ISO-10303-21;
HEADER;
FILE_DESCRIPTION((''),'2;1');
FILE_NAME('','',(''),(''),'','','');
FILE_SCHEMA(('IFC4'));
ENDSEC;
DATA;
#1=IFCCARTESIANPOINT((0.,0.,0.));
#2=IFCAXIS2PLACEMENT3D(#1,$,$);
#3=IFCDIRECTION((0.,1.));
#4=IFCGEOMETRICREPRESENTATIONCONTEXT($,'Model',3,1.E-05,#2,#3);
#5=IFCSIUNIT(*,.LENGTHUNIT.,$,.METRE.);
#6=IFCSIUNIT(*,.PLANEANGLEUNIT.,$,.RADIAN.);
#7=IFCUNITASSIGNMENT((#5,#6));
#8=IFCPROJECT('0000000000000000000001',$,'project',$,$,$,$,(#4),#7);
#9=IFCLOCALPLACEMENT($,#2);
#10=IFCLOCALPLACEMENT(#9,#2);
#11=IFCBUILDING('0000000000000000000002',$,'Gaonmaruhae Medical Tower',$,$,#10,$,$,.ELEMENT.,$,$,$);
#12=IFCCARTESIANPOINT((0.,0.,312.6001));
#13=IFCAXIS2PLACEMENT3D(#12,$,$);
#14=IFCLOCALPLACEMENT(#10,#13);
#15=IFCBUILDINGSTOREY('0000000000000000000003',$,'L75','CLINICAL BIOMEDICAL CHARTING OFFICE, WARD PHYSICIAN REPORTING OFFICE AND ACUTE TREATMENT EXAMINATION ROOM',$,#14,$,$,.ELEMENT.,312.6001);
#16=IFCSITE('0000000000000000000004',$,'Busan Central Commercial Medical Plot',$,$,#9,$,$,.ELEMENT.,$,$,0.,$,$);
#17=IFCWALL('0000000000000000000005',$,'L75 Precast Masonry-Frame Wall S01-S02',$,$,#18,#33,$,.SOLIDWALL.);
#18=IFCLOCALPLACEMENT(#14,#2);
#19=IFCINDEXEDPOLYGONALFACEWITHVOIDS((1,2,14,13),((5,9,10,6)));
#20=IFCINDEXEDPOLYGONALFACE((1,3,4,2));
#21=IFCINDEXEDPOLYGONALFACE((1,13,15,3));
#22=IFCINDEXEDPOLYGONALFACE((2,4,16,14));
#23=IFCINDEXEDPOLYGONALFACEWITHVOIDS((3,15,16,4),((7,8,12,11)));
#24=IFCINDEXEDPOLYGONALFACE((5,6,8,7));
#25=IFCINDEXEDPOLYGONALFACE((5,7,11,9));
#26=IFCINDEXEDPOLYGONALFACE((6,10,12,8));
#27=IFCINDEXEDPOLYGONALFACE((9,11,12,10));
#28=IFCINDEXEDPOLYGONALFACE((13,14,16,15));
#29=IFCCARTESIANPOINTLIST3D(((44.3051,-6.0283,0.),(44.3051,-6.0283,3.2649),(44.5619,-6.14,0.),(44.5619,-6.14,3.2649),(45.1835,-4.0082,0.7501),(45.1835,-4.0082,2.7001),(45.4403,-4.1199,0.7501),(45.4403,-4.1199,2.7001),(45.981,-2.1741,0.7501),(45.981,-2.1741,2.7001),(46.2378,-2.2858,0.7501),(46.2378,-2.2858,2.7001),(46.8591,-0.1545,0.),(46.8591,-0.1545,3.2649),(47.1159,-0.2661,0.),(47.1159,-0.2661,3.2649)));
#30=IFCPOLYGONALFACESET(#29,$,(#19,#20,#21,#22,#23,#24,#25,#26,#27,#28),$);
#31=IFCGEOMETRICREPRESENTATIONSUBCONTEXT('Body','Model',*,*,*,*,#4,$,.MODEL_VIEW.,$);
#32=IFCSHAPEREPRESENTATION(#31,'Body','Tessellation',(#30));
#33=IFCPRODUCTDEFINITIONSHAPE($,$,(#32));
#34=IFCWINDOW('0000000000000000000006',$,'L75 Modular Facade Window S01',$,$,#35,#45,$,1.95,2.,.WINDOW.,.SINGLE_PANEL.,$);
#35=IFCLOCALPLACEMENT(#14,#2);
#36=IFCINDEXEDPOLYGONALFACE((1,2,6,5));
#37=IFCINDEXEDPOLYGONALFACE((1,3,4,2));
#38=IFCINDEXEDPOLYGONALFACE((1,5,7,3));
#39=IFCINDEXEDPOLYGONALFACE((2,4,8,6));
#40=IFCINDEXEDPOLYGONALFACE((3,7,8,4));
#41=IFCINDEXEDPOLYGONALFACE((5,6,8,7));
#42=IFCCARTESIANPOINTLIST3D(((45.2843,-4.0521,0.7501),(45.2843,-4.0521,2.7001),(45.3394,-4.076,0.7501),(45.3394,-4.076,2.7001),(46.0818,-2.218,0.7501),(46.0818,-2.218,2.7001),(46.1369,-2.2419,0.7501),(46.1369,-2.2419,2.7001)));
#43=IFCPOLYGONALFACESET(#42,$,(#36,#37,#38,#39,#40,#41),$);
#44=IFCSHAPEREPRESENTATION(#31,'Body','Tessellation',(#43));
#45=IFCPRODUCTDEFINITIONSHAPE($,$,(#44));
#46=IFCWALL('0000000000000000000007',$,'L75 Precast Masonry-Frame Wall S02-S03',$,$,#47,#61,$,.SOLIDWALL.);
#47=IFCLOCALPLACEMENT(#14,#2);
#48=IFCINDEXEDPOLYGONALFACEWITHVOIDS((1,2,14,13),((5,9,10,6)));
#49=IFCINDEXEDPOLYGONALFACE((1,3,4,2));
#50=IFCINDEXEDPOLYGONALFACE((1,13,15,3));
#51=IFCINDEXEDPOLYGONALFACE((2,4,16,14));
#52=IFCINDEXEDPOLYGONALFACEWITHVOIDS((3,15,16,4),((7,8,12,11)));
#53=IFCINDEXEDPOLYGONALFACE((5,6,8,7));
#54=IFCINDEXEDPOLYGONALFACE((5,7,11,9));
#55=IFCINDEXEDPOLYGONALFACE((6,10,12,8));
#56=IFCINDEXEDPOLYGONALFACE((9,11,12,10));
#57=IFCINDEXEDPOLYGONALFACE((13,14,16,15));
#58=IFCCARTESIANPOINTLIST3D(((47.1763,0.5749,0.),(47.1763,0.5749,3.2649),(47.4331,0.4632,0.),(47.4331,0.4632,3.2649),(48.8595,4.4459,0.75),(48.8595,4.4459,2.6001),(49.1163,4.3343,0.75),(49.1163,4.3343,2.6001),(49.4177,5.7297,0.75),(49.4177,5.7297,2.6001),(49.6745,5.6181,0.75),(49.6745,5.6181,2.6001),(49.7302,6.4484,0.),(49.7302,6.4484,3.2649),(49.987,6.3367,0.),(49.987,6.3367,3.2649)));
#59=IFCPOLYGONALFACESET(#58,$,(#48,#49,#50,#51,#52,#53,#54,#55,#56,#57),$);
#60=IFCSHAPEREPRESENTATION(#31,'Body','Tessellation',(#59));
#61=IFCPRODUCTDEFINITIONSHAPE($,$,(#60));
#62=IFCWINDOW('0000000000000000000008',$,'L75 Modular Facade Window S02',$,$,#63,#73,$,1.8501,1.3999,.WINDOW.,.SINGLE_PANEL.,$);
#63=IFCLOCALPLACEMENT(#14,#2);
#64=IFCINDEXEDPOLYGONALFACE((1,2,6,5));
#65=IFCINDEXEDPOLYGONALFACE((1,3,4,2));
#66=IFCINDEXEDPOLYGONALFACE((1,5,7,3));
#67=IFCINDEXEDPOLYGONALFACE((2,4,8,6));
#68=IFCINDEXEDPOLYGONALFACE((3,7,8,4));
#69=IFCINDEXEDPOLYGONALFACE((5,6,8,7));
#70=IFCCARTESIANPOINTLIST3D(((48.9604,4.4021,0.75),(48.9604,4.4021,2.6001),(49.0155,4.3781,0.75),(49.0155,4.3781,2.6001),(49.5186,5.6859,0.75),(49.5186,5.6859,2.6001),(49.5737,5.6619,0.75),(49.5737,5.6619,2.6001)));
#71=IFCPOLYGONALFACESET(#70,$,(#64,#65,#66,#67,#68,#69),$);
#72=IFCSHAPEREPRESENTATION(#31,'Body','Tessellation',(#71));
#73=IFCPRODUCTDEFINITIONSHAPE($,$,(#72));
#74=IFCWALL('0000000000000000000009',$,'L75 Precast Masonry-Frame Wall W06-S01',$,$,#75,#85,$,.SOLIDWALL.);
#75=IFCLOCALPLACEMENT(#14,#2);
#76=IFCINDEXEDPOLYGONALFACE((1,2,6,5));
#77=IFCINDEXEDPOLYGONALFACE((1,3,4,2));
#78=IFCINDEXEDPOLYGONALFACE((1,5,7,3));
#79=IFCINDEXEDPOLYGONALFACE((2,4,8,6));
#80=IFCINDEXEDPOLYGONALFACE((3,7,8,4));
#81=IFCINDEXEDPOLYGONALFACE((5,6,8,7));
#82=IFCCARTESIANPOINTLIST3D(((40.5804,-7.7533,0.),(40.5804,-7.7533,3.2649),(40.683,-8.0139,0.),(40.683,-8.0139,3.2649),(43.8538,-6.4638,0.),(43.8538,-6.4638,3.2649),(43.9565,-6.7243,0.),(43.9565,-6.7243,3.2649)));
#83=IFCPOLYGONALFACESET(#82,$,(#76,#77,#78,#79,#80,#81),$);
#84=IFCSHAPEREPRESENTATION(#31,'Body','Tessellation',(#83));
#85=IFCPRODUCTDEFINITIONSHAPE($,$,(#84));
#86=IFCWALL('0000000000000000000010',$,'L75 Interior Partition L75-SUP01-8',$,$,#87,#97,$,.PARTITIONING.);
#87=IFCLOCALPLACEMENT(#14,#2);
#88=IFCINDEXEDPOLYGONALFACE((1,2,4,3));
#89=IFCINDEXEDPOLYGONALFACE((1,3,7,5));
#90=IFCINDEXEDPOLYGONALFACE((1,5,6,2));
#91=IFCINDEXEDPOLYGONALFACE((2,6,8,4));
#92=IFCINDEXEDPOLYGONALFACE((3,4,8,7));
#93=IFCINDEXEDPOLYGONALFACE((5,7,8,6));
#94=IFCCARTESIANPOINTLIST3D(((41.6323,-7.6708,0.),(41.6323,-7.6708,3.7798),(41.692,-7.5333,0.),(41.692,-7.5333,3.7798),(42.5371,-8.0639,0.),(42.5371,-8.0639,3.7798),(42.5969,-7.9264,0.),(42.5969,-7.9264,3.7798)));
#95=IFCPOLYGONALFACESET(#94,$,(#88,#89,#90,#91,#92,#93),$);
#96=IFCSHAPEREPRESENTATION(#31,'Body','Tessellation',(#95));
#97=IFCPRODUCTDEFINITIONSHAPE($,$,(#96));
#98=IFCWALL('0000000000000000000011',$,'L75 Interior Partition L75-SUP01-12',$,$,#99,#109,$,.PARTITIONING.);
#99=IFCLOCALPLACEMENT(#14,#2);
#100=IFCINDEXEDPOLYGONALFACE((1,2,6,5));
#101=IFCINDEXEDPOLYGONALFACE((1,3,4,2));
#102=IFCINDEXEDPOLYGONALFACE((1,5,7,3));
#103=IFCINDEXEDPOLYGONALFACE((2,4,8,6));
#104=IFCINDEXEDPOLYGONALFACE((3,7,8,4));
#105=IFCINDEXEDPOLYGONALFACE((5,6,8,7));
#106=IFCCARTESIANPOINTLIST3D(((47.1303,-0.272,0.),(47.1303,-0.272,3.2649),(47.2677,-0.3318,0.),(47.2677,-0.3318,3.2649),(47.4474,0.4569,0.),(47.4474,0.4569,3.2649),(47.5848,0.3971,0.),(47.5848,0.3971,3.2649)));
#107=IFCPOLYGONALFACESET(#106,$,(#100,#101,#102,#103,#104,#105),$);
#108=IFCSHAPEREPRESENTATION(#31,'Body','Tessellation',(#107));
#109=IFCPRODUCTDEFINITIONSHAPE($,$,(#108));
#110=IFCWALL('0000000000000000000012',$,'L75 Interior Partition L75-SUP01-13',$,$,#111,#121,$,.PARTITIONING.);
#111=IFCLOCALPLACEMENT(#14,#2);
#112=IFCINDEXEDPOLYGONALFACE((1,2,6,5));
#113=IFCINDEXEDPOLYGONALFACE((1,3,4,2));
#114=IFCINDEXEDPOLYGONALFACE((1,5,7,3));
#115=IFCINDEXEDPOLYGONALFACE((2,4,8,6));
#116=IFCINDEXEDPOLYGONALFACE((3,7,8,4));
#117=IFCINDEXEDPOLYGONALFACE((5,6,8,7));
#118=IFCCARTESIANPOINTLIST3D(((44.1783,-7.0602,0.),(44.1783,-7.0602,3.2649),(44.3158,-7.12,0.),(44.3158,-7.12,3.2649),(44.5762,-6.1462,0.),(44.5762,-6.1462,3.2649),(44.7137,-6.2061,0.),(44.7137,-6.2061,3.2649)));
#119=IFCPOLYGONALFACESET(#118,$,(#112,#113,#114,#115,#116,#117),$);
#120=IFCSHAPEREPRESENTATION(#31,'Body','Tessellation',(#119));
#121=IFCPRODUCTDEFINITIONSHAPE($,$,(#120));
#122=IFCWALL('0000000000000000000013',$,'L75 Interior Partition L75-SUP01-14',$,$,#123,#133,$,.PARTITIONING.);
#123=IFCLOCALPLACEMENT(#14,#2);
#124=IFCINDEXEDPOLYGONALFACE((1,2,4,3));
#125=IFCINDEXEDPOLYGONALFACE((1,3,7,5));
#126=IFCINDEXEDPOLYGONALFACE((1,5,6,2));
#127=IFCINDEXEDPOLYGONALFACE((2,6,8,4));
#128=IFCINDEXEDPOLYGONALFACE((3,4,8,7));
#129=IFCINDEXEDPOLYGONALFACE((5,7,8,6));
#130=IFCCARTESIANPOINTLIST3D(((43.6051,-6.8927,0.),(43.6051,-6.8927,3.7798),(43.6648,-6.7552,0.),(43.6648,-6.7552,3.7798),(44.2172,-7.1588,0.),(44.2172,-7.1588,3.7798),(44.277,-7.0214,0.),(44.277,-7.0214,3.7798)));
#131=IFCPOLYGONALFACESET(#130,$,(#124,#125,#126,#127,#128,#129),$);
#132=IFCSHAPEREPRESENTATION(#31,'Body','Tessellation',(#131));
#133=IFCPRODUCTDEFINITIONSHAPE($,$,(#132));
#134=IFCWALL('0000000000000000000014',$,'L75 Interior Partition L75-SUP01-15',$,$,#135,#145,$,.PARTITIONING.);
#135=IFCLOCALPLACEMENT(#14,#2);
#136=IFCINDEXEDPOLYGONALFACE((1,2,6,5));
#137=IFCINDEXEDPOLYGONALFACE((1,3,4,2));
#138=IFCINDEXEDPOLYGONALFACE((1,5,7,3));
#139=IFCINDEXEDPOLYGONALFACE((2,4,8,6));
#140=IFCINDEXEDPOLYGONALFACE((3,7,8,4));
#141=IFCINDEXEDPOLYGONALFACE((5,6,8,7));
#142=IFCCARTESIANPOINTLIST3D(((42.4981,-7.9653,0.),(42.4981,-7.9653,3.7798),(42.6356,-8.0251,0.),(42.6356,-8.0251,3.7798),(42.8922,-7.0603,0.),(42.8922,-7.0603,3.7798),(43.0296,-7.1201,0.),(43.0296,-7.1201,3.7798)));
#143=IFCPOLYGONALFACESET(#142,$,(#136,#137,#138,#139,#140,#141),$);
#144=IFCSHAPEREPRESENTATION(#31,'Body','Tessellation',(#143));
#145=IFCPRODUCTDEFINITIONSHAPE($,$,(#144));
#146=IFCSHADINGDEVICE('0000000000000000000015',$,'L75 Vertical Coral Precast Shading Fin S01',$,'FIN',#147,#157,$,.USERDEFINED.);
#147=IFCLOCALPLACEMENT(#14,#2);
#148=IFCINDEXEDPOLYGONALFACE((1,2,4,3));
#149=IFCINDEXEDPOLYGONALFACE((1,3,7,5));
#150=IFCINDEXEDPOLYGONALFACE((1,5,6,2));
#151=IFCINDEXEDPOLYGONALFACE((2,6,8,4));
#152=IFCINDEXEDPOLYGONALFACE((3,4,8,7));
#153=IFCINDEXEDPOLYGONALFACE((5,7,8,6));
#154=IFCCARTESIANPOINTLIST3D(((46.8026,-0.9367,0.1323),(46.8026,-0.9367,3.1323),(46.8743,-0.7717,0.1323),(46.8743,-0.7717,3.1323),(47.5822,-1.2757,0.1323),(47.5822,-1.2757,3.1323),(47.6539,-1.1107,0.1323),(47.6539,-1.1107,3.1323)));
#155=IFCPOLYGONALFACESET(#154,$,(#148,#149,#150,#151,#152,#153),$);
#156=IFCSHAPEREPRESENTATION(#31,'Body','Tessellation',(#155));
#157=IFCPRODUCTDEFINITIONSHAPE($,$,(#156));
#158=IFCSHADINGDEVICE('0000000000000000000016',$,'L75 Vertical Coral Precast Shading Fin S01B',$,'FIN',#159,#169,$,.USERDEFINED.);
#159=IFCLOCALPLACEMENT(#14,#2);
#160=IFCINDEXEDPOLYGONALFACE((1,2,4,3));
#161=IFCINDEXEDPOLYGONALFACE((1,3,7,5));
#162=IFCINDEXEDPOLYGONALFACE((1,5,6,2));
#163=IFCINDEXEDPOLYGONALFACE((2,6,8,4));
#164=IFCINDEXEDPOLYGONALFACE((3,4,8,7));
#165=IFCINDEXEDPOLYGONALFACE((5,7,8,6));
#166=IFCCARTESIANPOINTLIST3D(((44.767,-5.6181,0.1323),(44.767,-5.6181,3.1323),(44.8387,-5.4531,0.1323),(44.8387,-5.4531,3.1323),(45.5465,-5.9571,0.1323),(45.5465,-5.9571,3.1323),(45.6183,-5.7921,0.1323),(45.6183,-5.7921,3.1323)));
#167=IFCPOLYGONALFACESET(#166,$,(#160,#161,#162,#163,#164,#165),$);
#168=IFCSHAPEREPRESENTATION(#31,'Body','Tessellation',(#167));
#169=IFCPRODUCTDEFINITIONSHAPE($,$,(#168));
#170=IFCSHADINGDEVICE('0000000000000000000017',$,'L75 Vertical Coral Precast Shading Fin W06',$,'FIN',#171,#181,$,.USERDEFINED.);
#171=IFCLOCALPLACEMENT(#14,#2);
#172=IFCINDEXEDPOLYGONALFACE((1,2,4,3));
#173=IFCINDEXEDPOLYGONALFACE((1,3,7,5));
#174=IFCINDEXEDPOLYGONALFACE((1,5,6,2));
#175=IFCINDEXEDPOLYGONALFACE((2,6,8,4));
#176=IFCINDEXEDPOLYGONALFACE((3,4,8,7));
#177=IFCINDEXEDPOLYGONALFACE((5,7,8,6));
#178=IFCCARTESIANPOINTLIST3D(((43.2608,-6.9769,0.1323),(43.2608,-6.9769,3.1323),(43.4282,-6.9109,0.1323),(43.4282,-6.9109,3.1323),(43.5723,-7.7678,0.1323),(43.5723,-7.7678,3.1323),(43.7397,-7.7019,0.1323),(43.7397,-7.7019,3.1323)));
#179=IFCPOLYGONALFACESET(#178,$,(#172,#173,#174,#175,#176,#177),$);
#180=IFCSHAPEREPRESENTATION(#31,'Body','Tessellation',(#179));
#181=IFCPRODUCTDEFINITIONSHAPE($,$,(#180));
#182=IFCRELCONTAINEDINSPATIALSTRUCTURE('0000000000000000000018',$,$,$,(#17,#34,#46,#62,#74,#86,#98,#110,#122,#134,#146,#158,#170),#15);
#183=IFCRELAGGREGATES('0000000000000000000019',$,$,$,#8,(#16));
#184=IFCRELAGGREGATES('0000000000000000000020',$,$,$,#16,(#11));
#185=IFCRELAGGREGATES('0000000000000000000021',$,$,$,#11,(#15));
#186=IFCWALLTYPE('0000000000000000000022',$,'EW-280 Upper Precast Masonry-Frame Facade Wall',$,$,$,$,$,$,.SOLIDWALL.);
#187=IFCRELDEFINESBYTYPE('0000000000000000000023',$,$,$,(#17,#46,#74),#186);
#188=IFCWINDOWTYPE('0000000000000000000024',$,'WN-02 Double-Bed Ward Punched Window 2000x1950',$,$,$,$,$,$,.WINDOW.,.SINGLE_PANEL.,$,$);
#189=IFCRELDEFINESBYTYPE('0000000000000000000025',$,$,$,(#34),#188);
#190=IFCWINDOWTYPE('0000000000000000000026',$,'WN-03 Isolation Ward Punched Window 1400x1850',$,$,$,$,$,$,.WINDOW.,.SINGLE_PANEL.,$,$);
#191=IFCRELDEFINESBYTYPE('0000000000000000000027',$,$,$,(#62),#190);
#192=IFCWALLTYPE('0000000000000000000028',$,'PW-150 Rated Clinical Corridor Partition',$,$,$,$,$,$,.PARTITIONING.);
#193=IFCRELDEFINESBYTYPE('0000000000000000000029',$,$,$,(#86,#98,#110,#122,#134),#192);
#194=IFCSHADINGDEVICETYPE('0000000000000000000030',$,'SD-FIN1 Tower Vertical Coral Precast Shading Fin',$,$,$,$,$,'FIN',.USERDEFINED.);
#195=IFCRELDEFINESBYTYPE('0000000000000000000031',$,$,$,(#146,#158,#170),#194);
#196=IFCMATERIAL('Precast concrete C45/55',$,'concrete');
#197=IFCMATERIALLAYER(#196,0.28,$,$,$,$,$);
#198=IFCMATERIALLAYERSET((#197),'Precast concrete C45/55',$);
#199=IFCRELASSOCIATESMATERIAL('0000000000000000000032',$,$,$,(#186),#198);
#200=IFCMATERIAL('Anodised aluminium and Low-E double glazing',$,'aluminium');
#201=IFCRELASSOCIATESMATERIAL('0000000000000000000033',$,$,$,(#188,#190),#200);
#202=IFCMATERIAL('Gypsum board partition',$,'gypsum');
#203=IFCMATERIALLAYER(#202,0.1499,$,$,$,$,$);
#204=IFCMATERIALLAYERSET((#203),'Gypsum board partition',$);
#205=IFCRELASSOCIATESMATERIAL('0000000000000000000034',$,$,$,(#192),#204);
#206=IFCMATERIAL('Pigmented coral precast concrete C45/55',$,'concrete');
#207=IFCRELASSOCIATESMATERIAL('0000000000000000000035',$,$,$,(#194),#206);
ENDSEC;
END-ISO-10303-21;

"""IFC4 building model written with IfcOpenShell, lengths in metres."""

from ifc_helpers import new_model, si_unit, direction, frame, frame_2d, origin, origin_2d, place, context, subcontext, project, spatial, rectangle, extrude, material, layer, layer_set, type_object, element, fill, save


model = new_model("IFC4")

# Units and contexts
model_context = context("Model", 3, precision=1e-05, world=origin(), true_north=direction((0.0, 1.0)))
body_context = subcontext(model_context, "Body", "Model", "MODEL_VIEW")
ifc_project = project(units=[si_unit("LENGTHUNIT", "METRE"), si_unit("PLANEANGLEUNIT", "RADIAN")], contexts=[model_context])

# Site, building, storey
site_placement = place(None, origin())
site = spatial("IfcSite", under=ifc_project, at=site_placement, Name="Busan Central Commercial Medical Plot", CompositionType="ELEMENT", RefElevation=0.0)
building_placement = place(site_placement, origin())
building = spatial("IfcBuilding", under=site, at=building_placement, Name="Gaonmaruhae Medical Tower", CompositionType="ELEMENT")
storey_placement = place(building_placement, frame((0.0, 0.0, 312.6001)))
storey = spatial("IfcBuildingStorey", under=building, at=storey_placement, Name="L75", Description="CLINICAL BIOMEDICAL CHARTING OFFICE, WARD PHYSICIAN REPORTING OFFICE AND ACUTE TREATMENT EXAMINATION ROOM", CompositionType="ELEMENT", Elevation=312.6001)

# Walls, openings, windows
ifc_material_1 = material(Name="Precast concrete C45/55", Category="concrete")
ifc_layer_1 = layer(ifc_material_1, 0.28)
ifc_layer_set_1 = layer_set([ifc_layer_1], Name="Precast concrete C45/55")
wall_type_1 = type_object("IfcWallType", Name="EW-280 Upper Precast Masonry-Frame Facade Wall", PredefinedType="SOLIDWALL", material=ifc_layer_set_1)
wall_1_placement = place(storey_placement, frame((46.9875, -0.2102, 0.0), z_axis=(0.0, 0.0, 1.0), x_axis=(-0.398744, -0.917062, 0.0)))
wall_1 = element("IfcWall", 1, at=wall_1_placement, inside=storey, type_object=wall_type_1, Name="L75 Precast Masonry-Frame Wall S01-S02", PredefinedType="SOLIDWALL", context=body_context, shape_type="SweptSolid", body=[
    extrude(rectangle(XDim=6.405, YDim=0.28, at=frame_2d((3.2026, 0.0))), origin(), (0.0, 0.0, 1.0), 3.2649),
])
opening_1_placement = place(wall_1_placement, frame((2.2024, 0.0, 0.75)))
opening_1 = element("IfcOpeningElement", 2, at=opening_1_placement, cuts=wall_1, PredefinedType="OPENING", context=body_context, shape_type="SweptSolid", body=[
    extrude(rectangle(XDim=2.0, YDim=1.95, at=frame_2d((1.0, 0.9751))), frame((0.0, 0.1499, 0.0), z_axis=(0.0, -1.0, 0.0), x_axis=(1.0, 0.0, 0.0)), (0.0, 0.0, 1.0), 0.3),
])
ifc_material_2 = material(Name="Anodised aluminium and Low-E double glazing", Category="aluminium")
window_type_1 = type_object("IfcWindowType", Name="WN-02 Double-Bed Ward Punched Window 2000x1950", PartitioningType="SINGLE_PANEL", PredefinedType="WINDOW", material=ifc_material_2)
window_1_placement = place(opening_1_placement, origin())
window_1 = element("IfcWindow", 3, at=window_1_placement, inside=storey, type_object=window_type_1, Name="L75 Modular Facade Window S01", OverallHeight=1.95, OverallWidth=2.0, PartitioningType="SINGLE_PANEL", PredefinedType="WINDOW", context=body_context, shape_type="SweptSolid", body=[
    extrude(rectangle(XDim=2.0, YDim=1.95, at=frame_2d((1.0, 0.9751))), frame((0.0, 0.03, 0.0), z_axis=(0.0, -1.0, 0.0), x_axis=(1.0, 0.0, 0.0)), (0.0, 0.0, 1.0), 0.0601),
])
fill(opening_1, window_1)
wall_2_placement = place(storey_placement, frame((49.8586, 6.3926, 0.0), z_axis=(0.0, 0.0, 1.0), x_axis=(-0.398758, -0.917056, 0.0)))
wall_2 = element("IfcWall", 4, at=wall_2_placement, inside=storey, type_object=wall_type_1, Name="L75 Precast Masonry-Frame Wall S02-S03", PredefinedType="SOLIDWALL", context=body_context, shape_type="SweptSolid", body=[
    extrude(rectangle(XDim=6.4048, YDim=0.28, at=frame_2d((3.2024, 0.0))), origin(), (0.0, 0.0, 1.0), 3.2649),
])
opening_2_placement = place(wall_2_placement, frame((0.7837, 0.0, 0.75)))
opening_2 = element("IfcOpeningElement", 5, at=opening_2_placement, cuts=wall_2, PredefinedType="OPENING", context=body_context, shape_type="SweptSolid", body=[
    extrude(rectangle(XDim=1.3999, YDim=1.8501, at=frame_2d((0.7, 0.925))), frame((0.0, 0.1499, 0.0), z_axis=(0.0, -1.0, 0.0), x_axis=(1.0, 0.0, 0.0)), (0.0, 0.0, 1.0), 0.3),
])
window_type_2 = type_object("IfcWindowType", Name="WN-03 Isolation Ward Punched Window 1400x1850", PartitioningType="SINGLE_PANEL", PredefinedType="WINDOW", material=ifc_material_2)
window_2_placement = place(opening_2_placement, origin())
window_2 = element("IfcWindow", 6, at=window_2_placement, inside=storey, type_object=window_type_2, Name="L75 Modular Facade Window S02", OverallHeight=1.8501, OverallWidth=1.3999, PartitioningType="SINGLE_PANEL", PredefinedType="WINDOW", context=body_context, shape_type="SweptSolid", body=[
    extrude(rectangle(XDim=1.3999, YDim=1.8501, at=frame_2d((0.7, 0.925))), frame((0.0, 0.03, 0.0), z_axis=(0.0, -1.0, 0.0), x_axis=(1.0, 0.0, 0.0)), (0.0, 0.0, 1.0), 0.0601),
])
fill(opening_2, window_2)

# Walls
wall_3_placement = place(storey_placement, frame((43.9053, -6.594, 0.0), z_axis=(0.0, 0.0, 1.0), x_axis=(-0.930407, -0.366528, 0.0)))
element("IfcWall", 7, at=wall_3_placement, inside=storey, type_object=wall_type_1, Name="L75 Precast Masonry-Frame Wall W06-S01", PredefinedType="SOLIDWALL", context=body_context, shape_type="SweptSolid", body=[
    extrude(rectangle(XDim=3.5183, YDim=0.28, at=frame_2d((1.7593, 0.0))), origin(), (0.0, 0.0, 1.0), 3.2649),
])
ifc_material_3 = material(Name="Gypsum board partition", Category="gypsum")
ifc_layer_2 = layer(ifc_material_3, 0.1499)
ifc_layer_set_2 = layer_set([ifc_layer_2], Name="Gypsum board partition")
wall_type_2 = type_object("IfcWallType", Name="PW-150 Rated Clinical Corridor Partition", PredefinedType="PARTITIONING", material=ifc_layer_set_2)
wall_4_placement = place(storey_placement, frame((42.5669, -7.9951, 0.0), z_axis=(0.0, 0.0, 1.0), x_axis=(-0.917188, 0.398455, 0.0)))
element("IfcWall", 8, at=wall_4_placement, inside=storey, type_object=wall_type_2, Name="L75 Interior Partition L75-SUP01-8", PredefinedType="PARTITIONING", context=body_context, shape_type="SweptSolid", body=[
    extrude(rectangle(XDim=0.9866, YDim=0.1499, at=frame_2d((0.4932, 0.0))), origin(), (0.0, 0.0, 1.0), 3.7798),
])
wall_5_placement = place(storey_placement, frame((47.5161, 0.427, 0.0), z_axis=(0.0, 0.0, 1.0), x_axis=(-0.398917, -0.916987, 0.0)))
element("IfcWall", 9, at=wall_5_placement, inside=storey, type_object=wall_type_2, Name="L75 Interior Partition L75-SUP01-12", PredefinedType="PARTITIONING", context=body_context, shape_type="SweptSolid", body=[
    extrude(rectangle(XDim=0.7949, YDim=0.1499, at=frame_2d((0.3975, 0.0))), origin(), (0.0, 0.0, 1.0), 3.2649),
])
wall_6_placement = place(storey_placement, frame((44.645, -6.176, 0.0), z_axis=(0.0, 0.0, 1.0), x_axis=(-0.399174, -0.916875, 0.0)))
element("IfcWall", 10, at=wall_6_placement, inside=storey, type_object=wall_type_2, Name="L75 Interior Partition L75-SUP01-13", PredefinedType="PARTITIONING", context=body_context, shape_type="SweptSolid", body=[
    extrude(rectangle(XDim=0.9968, YDim=0.1499, at=frame_2d((0.4985, 0.0))), origin(), (0.0, 0.0, 1.0), 3.2649),
])
wall_7_placement = place(storey_placement, frame((44.2471, -7.0901, 0.0), z_axis=(0.0, 0.0, 1.0), x_axis=(-0.91707, 0.398726, 0.0)))
element("IfcWall", 11, at=wall_7_placement, inside=storey, type_object=wall_type_2, Name="L75 Interior Partition L75-SUP01-14", PredefinedType="PARTITIONING", context=body_context, shape_type="SweptSolid", body=[
    extrude(rectangle(XDim=0.6675, YDim=0.1499, at=frame_2d((0.3337, 0.0))), origin(), (0.0, 0.0, 1.0), 3.7798),
])
wall_8_placement = place(storey_placement, frame((42.9609, -7.0901, 0.0), z_axis=(0.0, 0.0, 1.0), x_axis=(-0.399196, -0.916865, 0.0)))
element("IfcWall", 12, at=wall_8_placement, inside=storey, type_object=wall_type_2, Name="L75 Interior Partition L75-SUP01-15", PredefinedType="PARTITIONING", context=body_context, shape_type="SweptSolid", body=[
    extrude(rectangle(XDim=0.9871, YDim=0.1499, at=frame_2d((0.4937, 0.0))), origin(), (0.0, 0.0, 1.0), 3.7798),
])

# Shading devices
ifc_material_4 = material(Name="Pigmented coral precast concrete C45/55", Category="concrete")
shading_device_type = type_object("IfcShadingDeviceType", Name="SD-FIN1 Tower Vertical Coral Precast Shading Fin", ElementType="FIN", PredefinedType="USERDEFINED", material=ifc_material_4)
for number, where, z_axis, x_axis, name in (
    (13, (47.2283, -1.0237, 0.1323), (0.0, 0.0, 1.0), (-0.398749, -0.91706, 0.0), "L75 Vertical Coral Precast Shading Fin S01"),
    (14, (45.1926, -5.7051, 0.1323), (0.0, 0.0, 1.0), (-0.398749, -0.91706, 0.0), "L75 Vertical Coral Precast Shading Fin S01B"),
    (15, (43.5002, -7.3394, 0.1323), (0.0, 0.0, 1.0), (-0.930411, -0.366517, 0.0), "L75 Vertical Coral Precast Shading Fin W06"),
):
    element("IfcShadingDevice", number, at=place(storey_placement, frame(where, z_axis=z_axis, x_axis=x_axis)), inside=storey, type_object=shading_device_type, Name=name, ObjectType="FIN", PredefinedType="USERDEFINED", context=body_context, shape_type="SweptSolid", body=[
        extrude(rectangle(XDim=0.1799, YDim=0.8501, at=origin_2d()), origin(), (0.0, 0.0, 1.0), 3.0),
    ])

save(model, "model.ifc")
